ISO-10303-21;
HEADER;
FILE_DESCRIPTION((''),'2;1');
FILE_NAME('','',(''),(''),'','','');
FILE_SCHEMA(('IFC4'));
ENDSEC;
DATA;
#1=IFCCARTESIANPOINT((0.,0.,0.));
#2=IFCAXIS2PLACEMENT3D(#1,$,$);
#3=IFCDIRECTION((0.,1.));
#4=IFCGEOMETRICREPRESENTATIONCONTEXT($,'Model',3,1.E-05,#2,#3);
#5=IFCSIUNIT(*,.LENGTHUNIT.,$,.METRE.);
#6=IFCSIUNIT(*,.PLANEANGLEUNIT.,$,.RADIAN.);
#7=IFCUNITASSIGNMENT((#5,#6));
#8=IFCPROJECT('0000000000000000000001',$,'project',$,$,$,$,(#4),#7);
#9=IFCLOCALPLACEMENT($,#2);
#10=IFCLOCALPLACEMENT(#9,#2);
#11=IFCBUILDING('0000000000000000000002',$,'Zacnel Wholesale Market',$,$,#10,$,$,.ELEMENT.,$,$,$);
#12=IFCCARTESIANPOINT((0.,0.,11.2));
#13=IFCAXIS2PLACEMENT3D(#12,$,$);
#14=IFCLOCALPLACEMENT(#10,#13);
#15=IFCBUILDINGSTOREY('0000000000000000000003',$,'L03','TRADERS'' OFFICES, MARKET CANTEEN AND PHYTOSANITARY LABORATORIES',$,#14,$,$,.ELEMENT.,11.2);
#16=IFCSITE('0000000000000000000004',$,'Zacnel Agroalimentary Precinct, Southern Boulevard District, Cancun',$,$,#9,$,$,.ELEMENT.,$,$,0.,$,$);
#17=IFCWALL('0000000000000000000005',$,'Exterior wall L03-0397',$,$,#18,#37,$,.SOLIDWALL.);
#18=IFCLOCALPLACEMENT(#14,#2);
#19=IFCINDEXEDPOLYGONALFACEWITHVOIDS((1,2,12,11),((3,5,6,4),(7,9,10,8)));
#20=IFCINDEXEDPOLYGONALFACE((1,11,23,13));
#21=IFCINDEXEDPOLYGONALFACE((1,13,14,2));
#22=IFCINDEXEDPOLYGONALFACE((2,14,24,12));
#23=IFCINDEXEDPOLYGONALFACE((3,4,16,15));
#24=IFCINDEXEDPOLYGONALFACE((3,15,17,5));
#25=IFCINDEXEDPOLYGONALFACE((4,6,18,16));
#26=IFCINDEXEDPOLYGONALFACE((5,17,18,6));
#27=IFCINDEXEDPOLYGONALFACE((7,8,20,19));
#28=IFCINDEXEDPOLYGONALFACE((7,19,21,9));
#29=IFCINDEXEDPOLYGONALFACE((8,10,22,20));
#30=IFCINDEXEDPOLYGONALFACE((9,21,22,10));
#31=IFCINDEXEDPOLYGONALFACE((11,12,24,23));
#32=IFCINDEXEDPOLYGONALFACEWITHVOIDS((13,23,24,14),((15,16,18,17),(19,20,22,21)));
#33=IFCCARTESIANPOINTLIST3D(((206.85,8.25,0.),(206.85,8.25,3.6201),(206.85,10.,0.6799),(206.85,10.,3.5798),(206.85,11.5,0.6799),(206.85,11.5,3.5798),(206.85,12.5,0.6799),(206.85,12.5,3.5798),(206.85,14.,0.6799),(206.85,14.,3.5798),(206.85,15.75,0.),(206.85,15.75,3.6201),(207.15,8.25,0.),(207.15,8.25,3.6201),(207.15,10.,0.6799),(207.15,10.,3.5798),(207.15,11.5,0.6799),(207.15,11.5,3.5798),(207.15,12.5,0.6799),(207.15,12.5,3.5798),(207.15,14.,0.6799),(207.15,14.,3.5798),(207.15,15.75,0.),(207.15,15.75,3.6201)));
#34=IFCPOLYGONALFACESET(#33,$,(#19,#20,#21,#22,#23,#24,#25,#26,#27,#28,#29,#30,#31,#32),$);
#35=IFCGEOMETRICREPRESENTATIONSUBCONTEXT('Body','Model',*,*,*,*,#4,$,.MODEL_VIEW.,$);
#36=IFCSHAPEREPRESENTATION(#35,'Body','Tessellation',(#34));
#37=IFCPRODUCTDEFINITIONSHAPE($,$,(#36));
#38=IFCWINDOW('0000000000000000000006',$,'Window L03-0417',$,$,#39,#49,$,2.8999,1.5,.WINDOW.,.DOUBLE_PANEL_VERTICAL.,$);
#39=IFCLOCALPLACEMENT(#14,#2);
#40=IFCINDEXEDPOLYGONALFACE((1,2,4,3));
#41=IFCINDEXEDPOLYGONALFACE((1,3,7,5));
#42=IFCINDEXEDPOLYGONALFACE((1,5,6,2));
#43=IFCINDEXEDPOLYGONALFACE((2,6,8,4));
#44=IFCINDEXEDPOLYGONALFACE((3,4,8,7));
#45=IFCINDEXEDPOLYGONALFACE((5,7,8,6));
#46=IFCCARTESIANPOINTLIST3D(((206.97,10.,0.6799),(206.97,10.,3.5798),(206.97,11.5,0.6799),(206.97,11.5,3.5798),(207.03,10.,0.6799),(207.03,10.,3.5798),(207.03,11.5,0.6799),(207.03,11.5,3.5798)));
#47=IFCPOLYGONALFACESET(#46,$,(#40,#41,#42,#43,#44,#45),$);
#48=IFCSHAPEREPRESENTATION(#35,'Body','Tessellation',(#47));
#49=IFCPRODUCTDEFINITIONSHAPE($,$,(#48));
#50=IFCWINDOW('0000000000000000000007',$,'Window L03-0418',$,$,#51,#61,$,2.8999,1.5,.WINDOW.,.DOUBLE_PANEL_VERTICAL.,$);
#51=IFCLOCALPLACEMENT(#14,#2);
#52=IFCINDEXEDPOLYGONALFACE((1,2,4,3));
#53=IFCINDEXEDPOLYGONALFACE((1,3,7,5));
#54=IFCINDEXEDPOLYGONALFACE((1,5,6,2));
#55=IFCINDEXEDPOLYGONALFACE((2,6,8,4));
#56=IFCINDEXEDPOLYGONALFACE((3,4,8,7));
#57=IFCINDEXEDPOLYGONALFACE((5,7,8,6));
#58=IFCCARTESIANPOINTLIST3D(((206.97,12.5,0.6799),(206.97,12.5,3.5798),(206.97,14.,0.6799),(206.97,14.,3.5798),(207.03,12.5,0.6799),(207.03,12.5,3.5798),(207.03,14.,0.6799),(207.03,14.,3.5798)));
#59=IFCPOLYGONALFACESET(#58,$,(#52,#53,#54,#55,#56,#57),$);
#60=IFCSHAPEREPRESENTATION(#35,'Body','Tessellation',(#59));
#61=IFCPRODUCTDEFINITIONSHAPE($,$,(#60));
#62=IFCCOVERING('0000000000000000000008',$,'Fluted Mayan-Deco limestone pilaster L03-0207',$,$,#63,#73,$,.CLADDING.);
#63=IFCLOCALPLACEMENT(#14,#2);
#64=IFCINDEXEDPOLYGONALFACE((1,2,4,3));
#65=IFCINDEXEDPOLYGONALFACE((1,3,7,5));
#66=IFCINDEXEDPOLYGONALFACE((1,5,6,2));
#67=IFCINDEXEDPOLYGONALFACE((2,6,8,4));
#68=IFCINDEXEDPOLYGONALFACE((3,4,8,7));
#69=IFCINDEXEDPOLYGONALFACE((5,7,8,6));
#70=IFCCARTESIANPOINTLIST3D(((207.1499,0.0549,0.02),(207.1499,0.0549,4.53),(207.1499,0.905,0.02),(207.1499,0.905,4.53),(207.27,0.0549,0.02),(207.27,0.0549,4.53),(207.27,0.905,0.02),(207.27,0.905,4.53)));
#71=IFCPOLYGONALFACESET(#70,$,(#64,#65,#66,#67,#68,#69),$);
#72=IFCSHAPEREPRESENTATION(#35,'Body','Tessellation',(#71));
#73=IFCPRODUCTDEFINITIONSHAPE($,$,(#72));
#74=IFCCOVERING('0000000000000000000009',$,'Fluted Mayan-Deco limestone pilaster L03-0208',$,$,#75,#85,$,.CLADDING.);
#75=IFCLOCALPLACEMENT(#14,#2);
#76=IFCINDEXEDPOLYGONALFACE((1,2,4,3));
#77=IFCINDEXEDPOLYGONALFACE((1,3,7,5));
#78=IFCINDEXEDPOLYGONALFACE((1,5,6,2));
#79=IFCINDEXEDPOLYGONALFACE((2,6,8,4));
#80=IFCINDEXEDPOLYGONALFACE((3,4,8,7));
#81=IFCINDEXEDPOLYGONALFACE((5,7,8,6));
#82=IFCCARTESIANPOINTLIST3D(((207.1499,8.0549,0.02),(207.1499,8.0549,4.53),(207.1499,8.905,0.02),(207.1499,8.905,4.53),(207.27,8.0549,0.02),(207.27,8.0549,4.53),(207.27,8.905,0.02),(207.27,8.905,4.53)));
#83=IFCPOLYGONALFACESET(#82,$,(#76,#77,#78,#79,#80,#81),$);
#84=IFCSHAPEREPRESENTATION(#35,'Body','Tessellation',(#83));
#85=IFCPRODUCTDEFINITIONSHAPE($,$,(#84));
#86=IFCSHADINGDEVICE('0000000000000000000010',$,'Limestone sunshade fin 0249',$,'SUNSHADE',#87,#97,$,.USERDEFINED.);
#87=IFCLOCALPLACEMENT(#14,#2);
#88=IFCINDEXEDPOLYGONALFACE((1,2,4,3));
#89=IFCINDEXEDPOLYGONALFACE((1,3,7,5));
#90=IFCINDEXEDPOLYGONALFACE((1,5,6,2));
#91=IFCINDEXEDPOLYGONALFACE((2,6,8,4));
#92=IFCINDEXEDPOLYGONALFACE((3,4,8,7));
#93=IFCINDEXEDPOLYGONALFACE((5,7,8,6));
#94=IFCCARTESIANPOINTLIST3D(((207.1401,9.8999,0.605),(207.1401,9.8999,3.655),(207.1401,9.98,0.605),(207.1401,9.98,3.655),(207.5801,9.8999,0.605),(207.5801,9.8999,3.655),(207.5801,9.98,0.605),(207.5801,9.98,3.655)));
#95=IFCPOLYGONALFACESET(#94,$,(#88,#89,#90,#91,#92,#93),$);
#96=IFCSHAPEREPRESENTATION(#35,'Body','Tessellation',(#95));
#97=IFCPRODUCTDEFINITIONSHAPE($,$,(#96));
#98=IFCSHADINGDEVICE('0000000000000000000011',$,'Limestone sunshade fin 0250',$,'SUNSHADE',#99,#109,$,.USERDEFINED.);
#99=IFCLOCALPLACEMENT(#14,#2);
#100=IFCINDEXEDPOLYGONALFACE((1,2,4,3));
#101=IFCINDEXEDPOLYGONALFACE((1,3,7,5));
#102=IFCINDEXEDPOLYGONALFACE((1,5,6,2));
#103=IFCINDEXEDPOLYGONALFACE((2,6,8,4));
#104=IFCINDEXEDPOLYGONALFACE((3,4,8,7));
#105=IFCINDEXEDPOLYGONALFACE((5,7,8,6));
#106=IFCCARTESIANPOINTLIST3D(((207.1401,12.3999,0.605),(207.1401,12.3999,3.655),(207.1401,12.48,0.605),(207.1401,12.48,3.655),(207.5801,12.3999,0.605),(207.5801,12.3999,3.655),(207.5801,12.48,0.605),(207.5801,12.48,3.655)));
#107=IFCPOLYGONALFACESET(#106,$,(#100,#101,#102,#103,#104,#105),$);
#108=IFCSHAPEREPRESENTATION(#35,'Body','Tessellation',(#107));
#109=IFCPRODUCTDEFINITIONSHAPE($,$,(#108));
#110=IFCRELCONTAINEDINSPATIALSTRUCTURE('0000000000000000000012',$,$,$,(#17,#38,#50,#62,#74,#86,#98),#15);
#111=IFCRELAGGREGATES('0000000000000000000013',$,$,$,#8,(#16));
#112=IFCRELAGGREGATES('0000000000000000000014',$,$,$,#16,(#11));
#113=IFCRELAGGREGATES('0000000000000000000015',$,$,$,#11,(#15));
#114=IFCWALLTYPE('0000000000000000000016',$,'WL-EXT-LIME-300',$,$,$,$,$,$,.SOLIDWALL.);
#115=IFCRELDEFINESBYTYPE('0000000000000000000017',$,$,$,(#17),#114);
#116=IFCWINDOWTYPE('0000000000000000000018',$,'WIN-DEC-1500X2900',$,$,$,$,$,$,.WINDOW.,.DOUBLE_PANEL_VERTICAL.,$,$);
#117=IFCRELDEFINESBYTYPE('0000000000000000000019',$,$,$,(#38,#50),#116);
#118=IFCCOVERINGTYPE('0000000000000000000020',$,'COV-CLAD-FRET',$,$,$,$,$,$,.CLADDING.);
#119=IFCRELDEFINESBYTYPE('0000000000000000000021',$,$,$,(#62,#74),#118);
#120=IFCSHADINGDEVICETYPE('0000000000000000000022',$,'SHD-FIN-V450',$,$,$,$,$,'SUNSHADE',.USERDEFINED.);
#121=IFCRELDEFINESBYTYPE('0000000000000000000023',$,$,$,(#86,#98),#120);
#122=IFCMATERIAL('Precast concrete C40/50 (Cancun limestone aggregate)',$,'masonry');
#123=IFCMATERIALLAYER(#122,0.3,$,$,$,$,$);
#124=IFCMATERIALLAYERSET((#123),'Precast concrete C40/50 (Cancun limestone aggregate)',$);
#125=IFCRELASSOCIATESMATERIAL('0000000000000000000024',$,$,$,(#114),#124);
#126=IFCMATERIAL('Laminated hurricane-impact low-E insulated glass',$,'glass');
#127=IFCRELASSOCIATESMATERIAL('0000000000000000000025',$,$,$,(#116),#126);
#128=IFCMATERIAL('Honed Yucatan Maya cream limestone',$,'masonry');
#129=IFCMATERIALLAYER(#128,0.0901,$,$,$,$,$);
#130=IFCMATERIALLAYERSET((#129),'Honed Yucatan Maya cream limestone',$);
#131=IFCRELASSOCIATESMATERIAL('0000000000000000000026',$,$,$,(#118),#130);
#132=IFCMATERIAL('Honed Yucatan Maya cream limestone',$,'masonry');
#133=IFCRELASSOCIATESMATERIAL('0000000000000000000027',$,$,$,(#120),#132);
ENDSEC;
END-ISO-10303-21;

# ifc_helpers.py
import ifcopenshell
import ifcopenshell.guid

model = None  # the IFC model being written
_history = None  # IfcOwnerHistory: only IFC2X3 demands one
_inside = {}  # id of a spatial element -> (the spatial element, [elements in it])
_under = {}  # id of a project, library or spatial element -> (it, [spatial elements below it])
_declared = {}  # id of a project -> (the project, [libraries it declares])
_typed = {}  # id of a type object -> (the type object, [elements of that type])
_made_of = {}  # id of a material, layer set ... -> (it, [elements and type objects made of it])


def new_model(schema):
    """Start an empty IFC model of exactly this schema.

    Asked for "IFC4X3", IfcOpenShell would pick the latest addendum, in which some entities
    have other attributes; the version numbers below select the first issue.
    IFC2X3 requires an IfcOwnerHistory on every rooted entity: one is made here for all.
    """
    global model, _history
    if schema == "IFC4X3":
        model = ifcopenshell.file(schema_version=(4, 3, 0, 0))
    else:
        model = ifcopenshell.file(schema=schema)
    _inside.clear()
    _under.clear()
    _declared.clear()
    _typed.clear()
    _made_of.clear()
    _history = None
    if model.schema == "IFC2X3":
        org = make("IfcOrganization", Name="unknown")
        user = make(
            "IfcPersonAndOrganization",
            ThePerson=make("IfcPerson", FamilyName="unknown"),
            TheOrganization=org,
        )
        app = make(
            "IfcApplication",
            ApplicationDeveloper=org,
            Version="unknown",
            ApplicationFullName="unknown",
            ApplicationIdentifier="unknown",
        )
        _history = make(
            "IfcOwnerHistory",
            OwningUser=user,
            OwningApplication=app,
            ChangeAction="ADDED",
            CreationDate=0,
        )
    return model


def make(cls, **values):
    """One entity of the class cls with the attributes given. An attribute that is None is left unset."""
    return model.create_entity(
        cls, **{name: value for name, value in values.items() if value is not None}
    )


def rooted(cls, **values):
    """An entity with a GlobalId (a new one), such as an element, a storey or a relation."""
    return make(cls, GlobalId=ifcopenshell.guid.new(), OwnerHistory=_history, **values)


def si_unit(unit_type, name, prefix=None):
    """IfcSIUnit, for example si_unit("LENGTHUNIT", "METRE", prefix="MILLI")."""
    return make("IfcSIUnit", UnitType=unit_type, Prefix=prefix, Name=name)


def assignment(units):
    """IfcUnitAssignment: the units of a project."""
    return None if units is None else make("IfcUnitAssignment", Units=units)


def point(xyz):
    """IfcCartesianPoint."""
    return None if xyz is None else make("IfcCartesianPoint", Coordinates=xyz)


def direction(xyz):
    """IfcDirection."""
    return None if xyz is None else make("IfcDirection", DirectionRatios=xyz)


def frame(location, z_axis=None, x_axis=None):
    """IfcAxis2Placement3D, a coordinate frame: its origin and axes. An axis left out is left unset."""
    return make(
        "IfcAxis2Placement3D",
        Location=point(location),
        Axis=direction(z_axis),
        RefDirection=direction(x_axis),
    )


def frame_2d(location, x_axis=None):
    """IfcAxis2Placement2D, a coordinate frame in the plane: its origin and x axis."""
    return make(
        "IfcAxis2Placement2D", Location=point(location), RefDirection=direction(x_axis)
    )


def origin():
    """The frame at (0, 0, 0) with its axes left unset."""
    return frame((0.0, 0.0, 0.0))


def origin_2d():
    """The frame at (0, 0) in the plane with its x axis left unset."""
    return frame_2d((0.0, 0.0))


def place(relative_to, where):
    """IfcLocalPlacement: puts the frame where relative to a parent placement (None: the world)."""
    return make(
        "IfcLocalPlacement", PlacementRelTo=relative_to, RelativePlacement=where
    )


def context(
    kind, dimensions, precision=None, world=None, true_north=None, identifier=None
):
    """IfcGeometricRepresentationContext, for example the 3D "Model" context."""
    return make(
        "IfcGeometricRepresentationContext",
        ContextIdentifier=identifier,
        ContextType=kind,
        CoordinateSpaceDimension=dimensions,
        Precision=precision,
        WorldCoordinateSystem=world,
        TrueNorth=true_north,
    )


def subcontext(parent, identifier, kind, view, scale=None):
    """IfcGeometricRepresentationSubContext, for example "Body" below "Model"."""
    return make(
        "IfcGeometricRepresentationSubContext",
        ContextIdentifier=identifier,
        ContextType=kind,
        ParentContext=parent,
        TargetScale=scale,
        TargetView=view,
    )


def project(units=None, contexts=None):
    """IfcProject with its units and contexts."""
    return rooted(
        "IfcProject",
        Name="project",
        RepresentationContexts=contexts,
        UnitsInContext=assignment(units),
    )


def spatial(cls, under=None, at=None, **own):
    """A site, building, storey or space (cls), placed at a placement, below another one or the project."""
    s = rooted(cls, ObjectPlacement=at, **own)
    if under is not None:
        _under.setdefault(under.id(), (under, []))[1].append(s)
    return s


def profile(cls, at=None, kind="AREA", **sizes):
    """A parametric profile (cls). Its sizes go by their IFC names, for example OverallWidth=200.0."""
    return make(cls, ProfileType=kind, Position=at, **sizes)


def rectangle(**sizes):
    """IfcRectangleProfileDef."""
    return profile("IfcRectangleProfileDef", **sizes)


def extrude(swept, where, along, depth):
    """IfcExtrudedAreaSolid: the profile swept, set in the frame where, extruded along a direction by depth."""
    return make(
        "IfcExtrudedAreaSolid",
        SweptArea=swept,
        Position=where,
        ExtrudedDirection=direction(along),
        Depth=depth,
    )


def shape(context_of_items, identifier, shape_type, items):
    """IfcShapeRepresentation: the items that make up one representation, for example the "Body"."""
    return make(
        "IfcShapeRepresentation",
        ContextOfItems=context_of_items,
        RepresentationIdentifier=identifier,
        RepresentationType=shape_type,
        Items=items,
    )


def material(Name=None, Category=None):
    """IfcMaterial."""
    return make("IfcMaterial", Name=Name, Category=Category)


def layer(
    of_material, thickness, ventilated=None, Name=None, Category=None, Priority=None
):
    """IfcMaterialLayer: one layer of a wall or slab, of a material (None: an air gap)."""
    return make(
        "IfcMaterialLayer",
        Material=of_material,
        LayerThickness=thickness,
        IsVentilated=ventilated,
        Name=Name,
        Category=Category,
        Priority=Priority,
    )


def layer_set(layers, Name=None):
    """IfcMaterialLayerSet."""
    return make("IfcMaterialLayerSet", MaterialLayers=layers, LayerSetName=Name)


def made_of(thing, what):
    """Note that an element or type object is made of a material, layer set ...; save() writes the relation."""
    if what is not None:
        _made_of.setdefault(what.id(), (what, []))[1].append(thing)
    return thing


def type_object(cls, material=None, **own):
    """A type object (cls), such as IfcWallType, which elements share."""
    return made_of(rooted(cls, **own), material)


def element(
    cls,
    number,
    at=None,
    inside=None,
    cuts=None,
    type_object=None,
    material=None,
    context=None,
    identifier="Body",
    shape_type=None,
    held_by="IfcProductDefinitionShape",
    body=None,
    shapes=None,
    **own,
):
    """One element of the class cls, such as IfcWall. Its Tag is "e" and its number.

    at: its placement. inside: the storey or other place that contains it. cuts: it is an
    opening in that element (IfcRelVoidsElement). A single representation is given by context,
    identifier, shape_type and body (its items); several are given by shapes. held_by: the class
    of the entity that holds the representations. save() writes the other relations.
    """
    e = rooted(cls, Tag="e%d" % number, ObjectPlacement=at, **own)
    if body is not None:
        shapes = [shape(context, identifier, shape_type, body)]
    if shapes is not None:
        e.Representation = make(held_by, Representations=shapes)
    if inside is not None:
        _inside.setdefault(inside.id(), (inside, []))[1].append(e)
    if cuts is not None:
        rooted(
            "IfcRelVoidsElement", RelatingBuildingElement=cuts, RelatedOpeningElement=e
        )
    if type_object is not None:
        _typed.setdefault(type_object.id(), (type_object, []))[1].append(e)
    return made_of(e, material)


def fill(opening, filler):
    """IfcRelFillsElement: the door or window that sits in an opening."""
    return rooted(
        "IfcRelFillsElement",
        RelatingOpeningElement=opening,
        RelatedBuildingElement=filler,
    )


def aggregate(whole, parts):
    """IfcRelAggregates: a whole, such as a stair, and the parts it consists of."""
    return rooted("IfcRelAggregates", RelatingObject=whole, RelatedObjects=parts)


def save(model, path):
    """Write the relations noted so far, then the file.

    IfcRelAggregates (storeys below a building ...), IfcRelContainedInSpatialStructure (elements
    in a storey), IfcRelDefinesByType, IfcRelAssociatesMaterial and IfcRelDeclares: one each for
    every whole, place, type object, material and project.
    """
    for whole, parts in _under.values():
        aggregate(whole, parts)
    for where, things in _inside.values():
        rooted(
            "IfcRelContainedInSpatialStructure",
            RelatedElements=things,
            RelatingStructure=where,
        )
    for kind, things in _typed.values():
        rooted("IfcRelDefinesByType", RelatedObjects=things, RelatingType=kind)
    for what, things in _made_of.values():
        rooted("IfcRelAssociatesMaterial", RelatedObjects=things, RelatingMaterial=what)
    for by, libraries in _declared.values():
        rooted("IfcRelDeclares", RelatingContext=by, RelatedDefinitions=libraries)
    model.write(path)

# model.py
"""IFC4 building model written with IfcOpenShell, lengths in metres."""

from ifc_helpers import new_model, si_unit, direction, frame, frame_2d, origin, origin_2d, place, context, subcontext, project, spatial, rectangle, extrude, material, layer, layer_set, type_object, element, fill, save


model = new_model("IFC4")

# Units and contexts
model_context = context("Model", 3, precision=1e-05, world=origin(), true_north=direction((0.0, 1.0)))
body_context = subcontext(model_context, "Body", "Model", "MODEL_VIEW")
ifc_project = project(units=[si_unit("LENGTHUNIT", "METRE"), si_unit("PLANEANGLEUNIT", "RADIAN")], contexts=[model_context])

# Site, building, storey
site_placement = place(None, origin())
site = spatial("IfcSite", under=ifc_project, at=site_placement, Name="Zacnel Agroalimentary Precinct, Southern Boulevard District, Cancun", CompositionType="ELEMENT", RefElevation=0.0)
building_placement = place(site_placement, origin())
building = spatial("IfcBuilding", under=site, at=building_placement, Name="Zacnel Wholesale Market", CompositionType="ELEMENT")
storey_placement = place(building_placement, frame((0.0, 0.0, 11.2)))
storey = spatial("IfcBuildingStorey", under=building, at=storey_placement, Name="L03", Description="TRADERS' OFFICES, MARKET CANTEEN AND PHYTOSANITARY LABORATORIES", CompositionType="ELEMENT", Elevation=11.2)

# Wall, openings, windows
ifc_material_1 = material(Name="Precast concrete C40/50 (Cancun limestone aggregate)", Category="masonry")
ifc_layer_1 = layer(ifc_material_1, 0.3)
ifc_layer_set_1 = layer_set([ifc_layer_1], Name="Precast concrete C40/50 (Cancun limestone aggregate)")
wall_type = type_object("IfcWallType", Name="WL-EXT-LIME-300", PredefinedType="SOLIDWALL", material=ifc_layer_set_1)
wall_placement = place(storey_placement, frame((207.0, 8.25, 0.0), z_axis=(0.0, 0.0, 1.0), x_axis=(0.0, 1.0, 0.0)))
wall = element("IfcWall", 1, at=wall_placement, inside=storey, type_object=wall_type, Name="Exterior wall L03-0397", PredefinedType="SOLIDWALL", context=body_context, shape_type="SweptSolid", body=[
    extrude(rectangle(XDim=7.5, YDim=0.3, at=frame_2d((3.75, 0.0))), origin(), (0.0, 0.0, 1.0), 3.6201),
])
opening_1_placement = place(wall_placement, frame((1.75, 0.0, 0.6799)))
opening_1 = element("IfcOpeningElement", 2, at=opening_1_placement, cuts=wall, PredefinedType="OPENING", context=body_context, shape_type="SweptSolid", body=[
    extrude(rectangle(XDim=1.5, YDim=2.8999, at=frame_2d((0.75, 1.45))), frame((0.0, 0.1599, 0.0), z_axis=(0.0, -1.0, 0.0), x_axis=(1.0, 0.0, 0.0)), (0.0, 0.0, 1.0), 0.3201),
])
opening_2_placement = place(wall_placement, frame((4.25, 0.0, 0.6799)))
opening_2 = element("IfcOpeningElement", 3, at=opening_2_placement, cuts=wall, PredefinedType="OPENING", context=body_context, shape_type="SweptSolid", body=[
    extrude(rectangle(XDim=1.5, YDim=2.8999, at=frame_2d((0.75, 1.45))), frame((0.0, 0.1599, 0.0), z_axis=(0.0, -1.0, 0.0), x_axis=(1.0, 0.0, 0.0)), (0.0, 0.0, 1.0), 0.3201),
])
ifc_material_2 = material(Name="Laminated hurricane-impact low-E insulated glass", Category="glass")
window_type = type_object("IfcWindowType", Name="WIN-DEC-1500X2900", PartitioningType="DOUBLE_PANEL_VERTICAL", PredefinedType="WINDOW", material=ifc_material_2)
window_1_placement = place(opening_1_placement, origin())
window_1 = element("IfcWindow", 4, at=window_1_placement, inside=storey, type_object=window_type, Name="Window L03-0417", OverallHeight=2.8999, OverallWidth=1.5, PartitioningType="DOUBLE_PANEL_VERTICAL", PredefinedType="WINDOW", context=body_context, shape_type="SweptSolid", body=[
    extrude(rectangle(XDim=1.5, YDim=2.8999, at=frame_2d((0.75, 1.45))), frame((0.0, 0.03, 0.0), z_axis=(0.0, -1.0, 0.0), x_axis=(1.0, 0.0, 0.0)), (0.0, 0.0, 1.0), 0.0601),
])
fill(opening_1, window_1)
window_2_placement = place(opening_2_placement, origin())
window_2 = element("IfcWindow", 5, at=window_2_placement, inside=storey, type_object=window_type, Name="Window L03-0418", OverallHeight=2.8999, OverallWidth=1.5, PartitioningType="DOUBLE_PANEL_VERTICAL", PredefinedType="WINDOW", context=body_context, shape_type="SweptSolid", body=[
    extrude(rectangle(XDim=1.5, YDim=2.8999, at=frame_2d((0.75, 1.45))), frame((0.0, 0.03, 0.0), z_axis=(0.0, -1.0, 0.0), x_axis=(1.0, 0.0, 0.0)), (0.0, 0.0, 1.0), 0.0601),
])
fill(opening_2, window_2)

# Coverings
ifc_material_3 = material(Name="Honed Yucatan Maya cream limestone", Category="masonry")
ifc_layer_2 = layer(ifc_material_3, 0.0901)
ifc_layer_set_2 = layer_set([ifc_layer_2], Name="Honed Yucatan Maya cream limestone")
covering_type = type_object("IfcCoveringType", Name="COV-CLAD-FRET", PredefinedType="CLADDING", material=ifc_layer_set_2)
for number, where, z_axis, x_axis, name in (
    (6, (207.21, 0.48, 0.02), (0.0, 0.0, 1.0), (0.0, 1.0, 0.0), "Fluted Mayan-Deco limestone pilaster L03-0207"),
    (7, (207.21, 8.48, 0.02), (0.0, 0.0, 1.0), (0.0, 1.0, 0.0), "Fluted Mayan-Deco limestone pilaster L03-0208"),
):
    element("IfcCovering", number, at=place(storey_placement, frame(where, z_axis=z_axis, x_axis=x_axis)), inside=storey, type_object=covering_type, Name=name, PredefinedType="CLADDING", context=body_context, shape_type="SweptSolid", body=[
        extrude(rectangle(XDim=0.8501, YDim=0.1201, at=origin_2d()), origin(), (0.0, 0.0, 1.0), 4.51),
    ])

# Shading devices
ifc_material_4 = material(Name="Honed Yucatan Maya cream limestone", Category="masonry")
shading_device_type = type_object("IfcShadingDeviceType", Name="SHD-FIN-V450", ElementType="SUNSHADE", PredefinedType="USERDEFINED", material=ifc_material_4)
for number, where, z_axis, x_axis, name in (
    (8, (207.3601, 9.9399, 0.605), (0.0, 0.0, 1.0), (0.0, 1.0, 0.0), "Limestone sunshade fin 0249"),
    (9, (207.3601, 12.4399, 0.605), (0.0, 0.0, 1.0), (0.0, 1.0, 0.0), "Limestone sunshade fin 0250"),
):
    element("IfcShadingDevice", number, at=place(storey_placement, frame(where, z_axis=z_axis, x_axis=x_axis)), inside=storey, type_object=shading_device_type, Name=name, ObjectType="SUNSHADE", PredefinedType="USERDEFINED", context=body_context, shape_type="SweptSolid", body=[
        extrude(rectangle(XDim=0.0801, YDim=0.4399, at=origin_2d()), origin(), (0.0, 0.0, 1.0), 3.05),
    ])

save(model, "model.ifc")
